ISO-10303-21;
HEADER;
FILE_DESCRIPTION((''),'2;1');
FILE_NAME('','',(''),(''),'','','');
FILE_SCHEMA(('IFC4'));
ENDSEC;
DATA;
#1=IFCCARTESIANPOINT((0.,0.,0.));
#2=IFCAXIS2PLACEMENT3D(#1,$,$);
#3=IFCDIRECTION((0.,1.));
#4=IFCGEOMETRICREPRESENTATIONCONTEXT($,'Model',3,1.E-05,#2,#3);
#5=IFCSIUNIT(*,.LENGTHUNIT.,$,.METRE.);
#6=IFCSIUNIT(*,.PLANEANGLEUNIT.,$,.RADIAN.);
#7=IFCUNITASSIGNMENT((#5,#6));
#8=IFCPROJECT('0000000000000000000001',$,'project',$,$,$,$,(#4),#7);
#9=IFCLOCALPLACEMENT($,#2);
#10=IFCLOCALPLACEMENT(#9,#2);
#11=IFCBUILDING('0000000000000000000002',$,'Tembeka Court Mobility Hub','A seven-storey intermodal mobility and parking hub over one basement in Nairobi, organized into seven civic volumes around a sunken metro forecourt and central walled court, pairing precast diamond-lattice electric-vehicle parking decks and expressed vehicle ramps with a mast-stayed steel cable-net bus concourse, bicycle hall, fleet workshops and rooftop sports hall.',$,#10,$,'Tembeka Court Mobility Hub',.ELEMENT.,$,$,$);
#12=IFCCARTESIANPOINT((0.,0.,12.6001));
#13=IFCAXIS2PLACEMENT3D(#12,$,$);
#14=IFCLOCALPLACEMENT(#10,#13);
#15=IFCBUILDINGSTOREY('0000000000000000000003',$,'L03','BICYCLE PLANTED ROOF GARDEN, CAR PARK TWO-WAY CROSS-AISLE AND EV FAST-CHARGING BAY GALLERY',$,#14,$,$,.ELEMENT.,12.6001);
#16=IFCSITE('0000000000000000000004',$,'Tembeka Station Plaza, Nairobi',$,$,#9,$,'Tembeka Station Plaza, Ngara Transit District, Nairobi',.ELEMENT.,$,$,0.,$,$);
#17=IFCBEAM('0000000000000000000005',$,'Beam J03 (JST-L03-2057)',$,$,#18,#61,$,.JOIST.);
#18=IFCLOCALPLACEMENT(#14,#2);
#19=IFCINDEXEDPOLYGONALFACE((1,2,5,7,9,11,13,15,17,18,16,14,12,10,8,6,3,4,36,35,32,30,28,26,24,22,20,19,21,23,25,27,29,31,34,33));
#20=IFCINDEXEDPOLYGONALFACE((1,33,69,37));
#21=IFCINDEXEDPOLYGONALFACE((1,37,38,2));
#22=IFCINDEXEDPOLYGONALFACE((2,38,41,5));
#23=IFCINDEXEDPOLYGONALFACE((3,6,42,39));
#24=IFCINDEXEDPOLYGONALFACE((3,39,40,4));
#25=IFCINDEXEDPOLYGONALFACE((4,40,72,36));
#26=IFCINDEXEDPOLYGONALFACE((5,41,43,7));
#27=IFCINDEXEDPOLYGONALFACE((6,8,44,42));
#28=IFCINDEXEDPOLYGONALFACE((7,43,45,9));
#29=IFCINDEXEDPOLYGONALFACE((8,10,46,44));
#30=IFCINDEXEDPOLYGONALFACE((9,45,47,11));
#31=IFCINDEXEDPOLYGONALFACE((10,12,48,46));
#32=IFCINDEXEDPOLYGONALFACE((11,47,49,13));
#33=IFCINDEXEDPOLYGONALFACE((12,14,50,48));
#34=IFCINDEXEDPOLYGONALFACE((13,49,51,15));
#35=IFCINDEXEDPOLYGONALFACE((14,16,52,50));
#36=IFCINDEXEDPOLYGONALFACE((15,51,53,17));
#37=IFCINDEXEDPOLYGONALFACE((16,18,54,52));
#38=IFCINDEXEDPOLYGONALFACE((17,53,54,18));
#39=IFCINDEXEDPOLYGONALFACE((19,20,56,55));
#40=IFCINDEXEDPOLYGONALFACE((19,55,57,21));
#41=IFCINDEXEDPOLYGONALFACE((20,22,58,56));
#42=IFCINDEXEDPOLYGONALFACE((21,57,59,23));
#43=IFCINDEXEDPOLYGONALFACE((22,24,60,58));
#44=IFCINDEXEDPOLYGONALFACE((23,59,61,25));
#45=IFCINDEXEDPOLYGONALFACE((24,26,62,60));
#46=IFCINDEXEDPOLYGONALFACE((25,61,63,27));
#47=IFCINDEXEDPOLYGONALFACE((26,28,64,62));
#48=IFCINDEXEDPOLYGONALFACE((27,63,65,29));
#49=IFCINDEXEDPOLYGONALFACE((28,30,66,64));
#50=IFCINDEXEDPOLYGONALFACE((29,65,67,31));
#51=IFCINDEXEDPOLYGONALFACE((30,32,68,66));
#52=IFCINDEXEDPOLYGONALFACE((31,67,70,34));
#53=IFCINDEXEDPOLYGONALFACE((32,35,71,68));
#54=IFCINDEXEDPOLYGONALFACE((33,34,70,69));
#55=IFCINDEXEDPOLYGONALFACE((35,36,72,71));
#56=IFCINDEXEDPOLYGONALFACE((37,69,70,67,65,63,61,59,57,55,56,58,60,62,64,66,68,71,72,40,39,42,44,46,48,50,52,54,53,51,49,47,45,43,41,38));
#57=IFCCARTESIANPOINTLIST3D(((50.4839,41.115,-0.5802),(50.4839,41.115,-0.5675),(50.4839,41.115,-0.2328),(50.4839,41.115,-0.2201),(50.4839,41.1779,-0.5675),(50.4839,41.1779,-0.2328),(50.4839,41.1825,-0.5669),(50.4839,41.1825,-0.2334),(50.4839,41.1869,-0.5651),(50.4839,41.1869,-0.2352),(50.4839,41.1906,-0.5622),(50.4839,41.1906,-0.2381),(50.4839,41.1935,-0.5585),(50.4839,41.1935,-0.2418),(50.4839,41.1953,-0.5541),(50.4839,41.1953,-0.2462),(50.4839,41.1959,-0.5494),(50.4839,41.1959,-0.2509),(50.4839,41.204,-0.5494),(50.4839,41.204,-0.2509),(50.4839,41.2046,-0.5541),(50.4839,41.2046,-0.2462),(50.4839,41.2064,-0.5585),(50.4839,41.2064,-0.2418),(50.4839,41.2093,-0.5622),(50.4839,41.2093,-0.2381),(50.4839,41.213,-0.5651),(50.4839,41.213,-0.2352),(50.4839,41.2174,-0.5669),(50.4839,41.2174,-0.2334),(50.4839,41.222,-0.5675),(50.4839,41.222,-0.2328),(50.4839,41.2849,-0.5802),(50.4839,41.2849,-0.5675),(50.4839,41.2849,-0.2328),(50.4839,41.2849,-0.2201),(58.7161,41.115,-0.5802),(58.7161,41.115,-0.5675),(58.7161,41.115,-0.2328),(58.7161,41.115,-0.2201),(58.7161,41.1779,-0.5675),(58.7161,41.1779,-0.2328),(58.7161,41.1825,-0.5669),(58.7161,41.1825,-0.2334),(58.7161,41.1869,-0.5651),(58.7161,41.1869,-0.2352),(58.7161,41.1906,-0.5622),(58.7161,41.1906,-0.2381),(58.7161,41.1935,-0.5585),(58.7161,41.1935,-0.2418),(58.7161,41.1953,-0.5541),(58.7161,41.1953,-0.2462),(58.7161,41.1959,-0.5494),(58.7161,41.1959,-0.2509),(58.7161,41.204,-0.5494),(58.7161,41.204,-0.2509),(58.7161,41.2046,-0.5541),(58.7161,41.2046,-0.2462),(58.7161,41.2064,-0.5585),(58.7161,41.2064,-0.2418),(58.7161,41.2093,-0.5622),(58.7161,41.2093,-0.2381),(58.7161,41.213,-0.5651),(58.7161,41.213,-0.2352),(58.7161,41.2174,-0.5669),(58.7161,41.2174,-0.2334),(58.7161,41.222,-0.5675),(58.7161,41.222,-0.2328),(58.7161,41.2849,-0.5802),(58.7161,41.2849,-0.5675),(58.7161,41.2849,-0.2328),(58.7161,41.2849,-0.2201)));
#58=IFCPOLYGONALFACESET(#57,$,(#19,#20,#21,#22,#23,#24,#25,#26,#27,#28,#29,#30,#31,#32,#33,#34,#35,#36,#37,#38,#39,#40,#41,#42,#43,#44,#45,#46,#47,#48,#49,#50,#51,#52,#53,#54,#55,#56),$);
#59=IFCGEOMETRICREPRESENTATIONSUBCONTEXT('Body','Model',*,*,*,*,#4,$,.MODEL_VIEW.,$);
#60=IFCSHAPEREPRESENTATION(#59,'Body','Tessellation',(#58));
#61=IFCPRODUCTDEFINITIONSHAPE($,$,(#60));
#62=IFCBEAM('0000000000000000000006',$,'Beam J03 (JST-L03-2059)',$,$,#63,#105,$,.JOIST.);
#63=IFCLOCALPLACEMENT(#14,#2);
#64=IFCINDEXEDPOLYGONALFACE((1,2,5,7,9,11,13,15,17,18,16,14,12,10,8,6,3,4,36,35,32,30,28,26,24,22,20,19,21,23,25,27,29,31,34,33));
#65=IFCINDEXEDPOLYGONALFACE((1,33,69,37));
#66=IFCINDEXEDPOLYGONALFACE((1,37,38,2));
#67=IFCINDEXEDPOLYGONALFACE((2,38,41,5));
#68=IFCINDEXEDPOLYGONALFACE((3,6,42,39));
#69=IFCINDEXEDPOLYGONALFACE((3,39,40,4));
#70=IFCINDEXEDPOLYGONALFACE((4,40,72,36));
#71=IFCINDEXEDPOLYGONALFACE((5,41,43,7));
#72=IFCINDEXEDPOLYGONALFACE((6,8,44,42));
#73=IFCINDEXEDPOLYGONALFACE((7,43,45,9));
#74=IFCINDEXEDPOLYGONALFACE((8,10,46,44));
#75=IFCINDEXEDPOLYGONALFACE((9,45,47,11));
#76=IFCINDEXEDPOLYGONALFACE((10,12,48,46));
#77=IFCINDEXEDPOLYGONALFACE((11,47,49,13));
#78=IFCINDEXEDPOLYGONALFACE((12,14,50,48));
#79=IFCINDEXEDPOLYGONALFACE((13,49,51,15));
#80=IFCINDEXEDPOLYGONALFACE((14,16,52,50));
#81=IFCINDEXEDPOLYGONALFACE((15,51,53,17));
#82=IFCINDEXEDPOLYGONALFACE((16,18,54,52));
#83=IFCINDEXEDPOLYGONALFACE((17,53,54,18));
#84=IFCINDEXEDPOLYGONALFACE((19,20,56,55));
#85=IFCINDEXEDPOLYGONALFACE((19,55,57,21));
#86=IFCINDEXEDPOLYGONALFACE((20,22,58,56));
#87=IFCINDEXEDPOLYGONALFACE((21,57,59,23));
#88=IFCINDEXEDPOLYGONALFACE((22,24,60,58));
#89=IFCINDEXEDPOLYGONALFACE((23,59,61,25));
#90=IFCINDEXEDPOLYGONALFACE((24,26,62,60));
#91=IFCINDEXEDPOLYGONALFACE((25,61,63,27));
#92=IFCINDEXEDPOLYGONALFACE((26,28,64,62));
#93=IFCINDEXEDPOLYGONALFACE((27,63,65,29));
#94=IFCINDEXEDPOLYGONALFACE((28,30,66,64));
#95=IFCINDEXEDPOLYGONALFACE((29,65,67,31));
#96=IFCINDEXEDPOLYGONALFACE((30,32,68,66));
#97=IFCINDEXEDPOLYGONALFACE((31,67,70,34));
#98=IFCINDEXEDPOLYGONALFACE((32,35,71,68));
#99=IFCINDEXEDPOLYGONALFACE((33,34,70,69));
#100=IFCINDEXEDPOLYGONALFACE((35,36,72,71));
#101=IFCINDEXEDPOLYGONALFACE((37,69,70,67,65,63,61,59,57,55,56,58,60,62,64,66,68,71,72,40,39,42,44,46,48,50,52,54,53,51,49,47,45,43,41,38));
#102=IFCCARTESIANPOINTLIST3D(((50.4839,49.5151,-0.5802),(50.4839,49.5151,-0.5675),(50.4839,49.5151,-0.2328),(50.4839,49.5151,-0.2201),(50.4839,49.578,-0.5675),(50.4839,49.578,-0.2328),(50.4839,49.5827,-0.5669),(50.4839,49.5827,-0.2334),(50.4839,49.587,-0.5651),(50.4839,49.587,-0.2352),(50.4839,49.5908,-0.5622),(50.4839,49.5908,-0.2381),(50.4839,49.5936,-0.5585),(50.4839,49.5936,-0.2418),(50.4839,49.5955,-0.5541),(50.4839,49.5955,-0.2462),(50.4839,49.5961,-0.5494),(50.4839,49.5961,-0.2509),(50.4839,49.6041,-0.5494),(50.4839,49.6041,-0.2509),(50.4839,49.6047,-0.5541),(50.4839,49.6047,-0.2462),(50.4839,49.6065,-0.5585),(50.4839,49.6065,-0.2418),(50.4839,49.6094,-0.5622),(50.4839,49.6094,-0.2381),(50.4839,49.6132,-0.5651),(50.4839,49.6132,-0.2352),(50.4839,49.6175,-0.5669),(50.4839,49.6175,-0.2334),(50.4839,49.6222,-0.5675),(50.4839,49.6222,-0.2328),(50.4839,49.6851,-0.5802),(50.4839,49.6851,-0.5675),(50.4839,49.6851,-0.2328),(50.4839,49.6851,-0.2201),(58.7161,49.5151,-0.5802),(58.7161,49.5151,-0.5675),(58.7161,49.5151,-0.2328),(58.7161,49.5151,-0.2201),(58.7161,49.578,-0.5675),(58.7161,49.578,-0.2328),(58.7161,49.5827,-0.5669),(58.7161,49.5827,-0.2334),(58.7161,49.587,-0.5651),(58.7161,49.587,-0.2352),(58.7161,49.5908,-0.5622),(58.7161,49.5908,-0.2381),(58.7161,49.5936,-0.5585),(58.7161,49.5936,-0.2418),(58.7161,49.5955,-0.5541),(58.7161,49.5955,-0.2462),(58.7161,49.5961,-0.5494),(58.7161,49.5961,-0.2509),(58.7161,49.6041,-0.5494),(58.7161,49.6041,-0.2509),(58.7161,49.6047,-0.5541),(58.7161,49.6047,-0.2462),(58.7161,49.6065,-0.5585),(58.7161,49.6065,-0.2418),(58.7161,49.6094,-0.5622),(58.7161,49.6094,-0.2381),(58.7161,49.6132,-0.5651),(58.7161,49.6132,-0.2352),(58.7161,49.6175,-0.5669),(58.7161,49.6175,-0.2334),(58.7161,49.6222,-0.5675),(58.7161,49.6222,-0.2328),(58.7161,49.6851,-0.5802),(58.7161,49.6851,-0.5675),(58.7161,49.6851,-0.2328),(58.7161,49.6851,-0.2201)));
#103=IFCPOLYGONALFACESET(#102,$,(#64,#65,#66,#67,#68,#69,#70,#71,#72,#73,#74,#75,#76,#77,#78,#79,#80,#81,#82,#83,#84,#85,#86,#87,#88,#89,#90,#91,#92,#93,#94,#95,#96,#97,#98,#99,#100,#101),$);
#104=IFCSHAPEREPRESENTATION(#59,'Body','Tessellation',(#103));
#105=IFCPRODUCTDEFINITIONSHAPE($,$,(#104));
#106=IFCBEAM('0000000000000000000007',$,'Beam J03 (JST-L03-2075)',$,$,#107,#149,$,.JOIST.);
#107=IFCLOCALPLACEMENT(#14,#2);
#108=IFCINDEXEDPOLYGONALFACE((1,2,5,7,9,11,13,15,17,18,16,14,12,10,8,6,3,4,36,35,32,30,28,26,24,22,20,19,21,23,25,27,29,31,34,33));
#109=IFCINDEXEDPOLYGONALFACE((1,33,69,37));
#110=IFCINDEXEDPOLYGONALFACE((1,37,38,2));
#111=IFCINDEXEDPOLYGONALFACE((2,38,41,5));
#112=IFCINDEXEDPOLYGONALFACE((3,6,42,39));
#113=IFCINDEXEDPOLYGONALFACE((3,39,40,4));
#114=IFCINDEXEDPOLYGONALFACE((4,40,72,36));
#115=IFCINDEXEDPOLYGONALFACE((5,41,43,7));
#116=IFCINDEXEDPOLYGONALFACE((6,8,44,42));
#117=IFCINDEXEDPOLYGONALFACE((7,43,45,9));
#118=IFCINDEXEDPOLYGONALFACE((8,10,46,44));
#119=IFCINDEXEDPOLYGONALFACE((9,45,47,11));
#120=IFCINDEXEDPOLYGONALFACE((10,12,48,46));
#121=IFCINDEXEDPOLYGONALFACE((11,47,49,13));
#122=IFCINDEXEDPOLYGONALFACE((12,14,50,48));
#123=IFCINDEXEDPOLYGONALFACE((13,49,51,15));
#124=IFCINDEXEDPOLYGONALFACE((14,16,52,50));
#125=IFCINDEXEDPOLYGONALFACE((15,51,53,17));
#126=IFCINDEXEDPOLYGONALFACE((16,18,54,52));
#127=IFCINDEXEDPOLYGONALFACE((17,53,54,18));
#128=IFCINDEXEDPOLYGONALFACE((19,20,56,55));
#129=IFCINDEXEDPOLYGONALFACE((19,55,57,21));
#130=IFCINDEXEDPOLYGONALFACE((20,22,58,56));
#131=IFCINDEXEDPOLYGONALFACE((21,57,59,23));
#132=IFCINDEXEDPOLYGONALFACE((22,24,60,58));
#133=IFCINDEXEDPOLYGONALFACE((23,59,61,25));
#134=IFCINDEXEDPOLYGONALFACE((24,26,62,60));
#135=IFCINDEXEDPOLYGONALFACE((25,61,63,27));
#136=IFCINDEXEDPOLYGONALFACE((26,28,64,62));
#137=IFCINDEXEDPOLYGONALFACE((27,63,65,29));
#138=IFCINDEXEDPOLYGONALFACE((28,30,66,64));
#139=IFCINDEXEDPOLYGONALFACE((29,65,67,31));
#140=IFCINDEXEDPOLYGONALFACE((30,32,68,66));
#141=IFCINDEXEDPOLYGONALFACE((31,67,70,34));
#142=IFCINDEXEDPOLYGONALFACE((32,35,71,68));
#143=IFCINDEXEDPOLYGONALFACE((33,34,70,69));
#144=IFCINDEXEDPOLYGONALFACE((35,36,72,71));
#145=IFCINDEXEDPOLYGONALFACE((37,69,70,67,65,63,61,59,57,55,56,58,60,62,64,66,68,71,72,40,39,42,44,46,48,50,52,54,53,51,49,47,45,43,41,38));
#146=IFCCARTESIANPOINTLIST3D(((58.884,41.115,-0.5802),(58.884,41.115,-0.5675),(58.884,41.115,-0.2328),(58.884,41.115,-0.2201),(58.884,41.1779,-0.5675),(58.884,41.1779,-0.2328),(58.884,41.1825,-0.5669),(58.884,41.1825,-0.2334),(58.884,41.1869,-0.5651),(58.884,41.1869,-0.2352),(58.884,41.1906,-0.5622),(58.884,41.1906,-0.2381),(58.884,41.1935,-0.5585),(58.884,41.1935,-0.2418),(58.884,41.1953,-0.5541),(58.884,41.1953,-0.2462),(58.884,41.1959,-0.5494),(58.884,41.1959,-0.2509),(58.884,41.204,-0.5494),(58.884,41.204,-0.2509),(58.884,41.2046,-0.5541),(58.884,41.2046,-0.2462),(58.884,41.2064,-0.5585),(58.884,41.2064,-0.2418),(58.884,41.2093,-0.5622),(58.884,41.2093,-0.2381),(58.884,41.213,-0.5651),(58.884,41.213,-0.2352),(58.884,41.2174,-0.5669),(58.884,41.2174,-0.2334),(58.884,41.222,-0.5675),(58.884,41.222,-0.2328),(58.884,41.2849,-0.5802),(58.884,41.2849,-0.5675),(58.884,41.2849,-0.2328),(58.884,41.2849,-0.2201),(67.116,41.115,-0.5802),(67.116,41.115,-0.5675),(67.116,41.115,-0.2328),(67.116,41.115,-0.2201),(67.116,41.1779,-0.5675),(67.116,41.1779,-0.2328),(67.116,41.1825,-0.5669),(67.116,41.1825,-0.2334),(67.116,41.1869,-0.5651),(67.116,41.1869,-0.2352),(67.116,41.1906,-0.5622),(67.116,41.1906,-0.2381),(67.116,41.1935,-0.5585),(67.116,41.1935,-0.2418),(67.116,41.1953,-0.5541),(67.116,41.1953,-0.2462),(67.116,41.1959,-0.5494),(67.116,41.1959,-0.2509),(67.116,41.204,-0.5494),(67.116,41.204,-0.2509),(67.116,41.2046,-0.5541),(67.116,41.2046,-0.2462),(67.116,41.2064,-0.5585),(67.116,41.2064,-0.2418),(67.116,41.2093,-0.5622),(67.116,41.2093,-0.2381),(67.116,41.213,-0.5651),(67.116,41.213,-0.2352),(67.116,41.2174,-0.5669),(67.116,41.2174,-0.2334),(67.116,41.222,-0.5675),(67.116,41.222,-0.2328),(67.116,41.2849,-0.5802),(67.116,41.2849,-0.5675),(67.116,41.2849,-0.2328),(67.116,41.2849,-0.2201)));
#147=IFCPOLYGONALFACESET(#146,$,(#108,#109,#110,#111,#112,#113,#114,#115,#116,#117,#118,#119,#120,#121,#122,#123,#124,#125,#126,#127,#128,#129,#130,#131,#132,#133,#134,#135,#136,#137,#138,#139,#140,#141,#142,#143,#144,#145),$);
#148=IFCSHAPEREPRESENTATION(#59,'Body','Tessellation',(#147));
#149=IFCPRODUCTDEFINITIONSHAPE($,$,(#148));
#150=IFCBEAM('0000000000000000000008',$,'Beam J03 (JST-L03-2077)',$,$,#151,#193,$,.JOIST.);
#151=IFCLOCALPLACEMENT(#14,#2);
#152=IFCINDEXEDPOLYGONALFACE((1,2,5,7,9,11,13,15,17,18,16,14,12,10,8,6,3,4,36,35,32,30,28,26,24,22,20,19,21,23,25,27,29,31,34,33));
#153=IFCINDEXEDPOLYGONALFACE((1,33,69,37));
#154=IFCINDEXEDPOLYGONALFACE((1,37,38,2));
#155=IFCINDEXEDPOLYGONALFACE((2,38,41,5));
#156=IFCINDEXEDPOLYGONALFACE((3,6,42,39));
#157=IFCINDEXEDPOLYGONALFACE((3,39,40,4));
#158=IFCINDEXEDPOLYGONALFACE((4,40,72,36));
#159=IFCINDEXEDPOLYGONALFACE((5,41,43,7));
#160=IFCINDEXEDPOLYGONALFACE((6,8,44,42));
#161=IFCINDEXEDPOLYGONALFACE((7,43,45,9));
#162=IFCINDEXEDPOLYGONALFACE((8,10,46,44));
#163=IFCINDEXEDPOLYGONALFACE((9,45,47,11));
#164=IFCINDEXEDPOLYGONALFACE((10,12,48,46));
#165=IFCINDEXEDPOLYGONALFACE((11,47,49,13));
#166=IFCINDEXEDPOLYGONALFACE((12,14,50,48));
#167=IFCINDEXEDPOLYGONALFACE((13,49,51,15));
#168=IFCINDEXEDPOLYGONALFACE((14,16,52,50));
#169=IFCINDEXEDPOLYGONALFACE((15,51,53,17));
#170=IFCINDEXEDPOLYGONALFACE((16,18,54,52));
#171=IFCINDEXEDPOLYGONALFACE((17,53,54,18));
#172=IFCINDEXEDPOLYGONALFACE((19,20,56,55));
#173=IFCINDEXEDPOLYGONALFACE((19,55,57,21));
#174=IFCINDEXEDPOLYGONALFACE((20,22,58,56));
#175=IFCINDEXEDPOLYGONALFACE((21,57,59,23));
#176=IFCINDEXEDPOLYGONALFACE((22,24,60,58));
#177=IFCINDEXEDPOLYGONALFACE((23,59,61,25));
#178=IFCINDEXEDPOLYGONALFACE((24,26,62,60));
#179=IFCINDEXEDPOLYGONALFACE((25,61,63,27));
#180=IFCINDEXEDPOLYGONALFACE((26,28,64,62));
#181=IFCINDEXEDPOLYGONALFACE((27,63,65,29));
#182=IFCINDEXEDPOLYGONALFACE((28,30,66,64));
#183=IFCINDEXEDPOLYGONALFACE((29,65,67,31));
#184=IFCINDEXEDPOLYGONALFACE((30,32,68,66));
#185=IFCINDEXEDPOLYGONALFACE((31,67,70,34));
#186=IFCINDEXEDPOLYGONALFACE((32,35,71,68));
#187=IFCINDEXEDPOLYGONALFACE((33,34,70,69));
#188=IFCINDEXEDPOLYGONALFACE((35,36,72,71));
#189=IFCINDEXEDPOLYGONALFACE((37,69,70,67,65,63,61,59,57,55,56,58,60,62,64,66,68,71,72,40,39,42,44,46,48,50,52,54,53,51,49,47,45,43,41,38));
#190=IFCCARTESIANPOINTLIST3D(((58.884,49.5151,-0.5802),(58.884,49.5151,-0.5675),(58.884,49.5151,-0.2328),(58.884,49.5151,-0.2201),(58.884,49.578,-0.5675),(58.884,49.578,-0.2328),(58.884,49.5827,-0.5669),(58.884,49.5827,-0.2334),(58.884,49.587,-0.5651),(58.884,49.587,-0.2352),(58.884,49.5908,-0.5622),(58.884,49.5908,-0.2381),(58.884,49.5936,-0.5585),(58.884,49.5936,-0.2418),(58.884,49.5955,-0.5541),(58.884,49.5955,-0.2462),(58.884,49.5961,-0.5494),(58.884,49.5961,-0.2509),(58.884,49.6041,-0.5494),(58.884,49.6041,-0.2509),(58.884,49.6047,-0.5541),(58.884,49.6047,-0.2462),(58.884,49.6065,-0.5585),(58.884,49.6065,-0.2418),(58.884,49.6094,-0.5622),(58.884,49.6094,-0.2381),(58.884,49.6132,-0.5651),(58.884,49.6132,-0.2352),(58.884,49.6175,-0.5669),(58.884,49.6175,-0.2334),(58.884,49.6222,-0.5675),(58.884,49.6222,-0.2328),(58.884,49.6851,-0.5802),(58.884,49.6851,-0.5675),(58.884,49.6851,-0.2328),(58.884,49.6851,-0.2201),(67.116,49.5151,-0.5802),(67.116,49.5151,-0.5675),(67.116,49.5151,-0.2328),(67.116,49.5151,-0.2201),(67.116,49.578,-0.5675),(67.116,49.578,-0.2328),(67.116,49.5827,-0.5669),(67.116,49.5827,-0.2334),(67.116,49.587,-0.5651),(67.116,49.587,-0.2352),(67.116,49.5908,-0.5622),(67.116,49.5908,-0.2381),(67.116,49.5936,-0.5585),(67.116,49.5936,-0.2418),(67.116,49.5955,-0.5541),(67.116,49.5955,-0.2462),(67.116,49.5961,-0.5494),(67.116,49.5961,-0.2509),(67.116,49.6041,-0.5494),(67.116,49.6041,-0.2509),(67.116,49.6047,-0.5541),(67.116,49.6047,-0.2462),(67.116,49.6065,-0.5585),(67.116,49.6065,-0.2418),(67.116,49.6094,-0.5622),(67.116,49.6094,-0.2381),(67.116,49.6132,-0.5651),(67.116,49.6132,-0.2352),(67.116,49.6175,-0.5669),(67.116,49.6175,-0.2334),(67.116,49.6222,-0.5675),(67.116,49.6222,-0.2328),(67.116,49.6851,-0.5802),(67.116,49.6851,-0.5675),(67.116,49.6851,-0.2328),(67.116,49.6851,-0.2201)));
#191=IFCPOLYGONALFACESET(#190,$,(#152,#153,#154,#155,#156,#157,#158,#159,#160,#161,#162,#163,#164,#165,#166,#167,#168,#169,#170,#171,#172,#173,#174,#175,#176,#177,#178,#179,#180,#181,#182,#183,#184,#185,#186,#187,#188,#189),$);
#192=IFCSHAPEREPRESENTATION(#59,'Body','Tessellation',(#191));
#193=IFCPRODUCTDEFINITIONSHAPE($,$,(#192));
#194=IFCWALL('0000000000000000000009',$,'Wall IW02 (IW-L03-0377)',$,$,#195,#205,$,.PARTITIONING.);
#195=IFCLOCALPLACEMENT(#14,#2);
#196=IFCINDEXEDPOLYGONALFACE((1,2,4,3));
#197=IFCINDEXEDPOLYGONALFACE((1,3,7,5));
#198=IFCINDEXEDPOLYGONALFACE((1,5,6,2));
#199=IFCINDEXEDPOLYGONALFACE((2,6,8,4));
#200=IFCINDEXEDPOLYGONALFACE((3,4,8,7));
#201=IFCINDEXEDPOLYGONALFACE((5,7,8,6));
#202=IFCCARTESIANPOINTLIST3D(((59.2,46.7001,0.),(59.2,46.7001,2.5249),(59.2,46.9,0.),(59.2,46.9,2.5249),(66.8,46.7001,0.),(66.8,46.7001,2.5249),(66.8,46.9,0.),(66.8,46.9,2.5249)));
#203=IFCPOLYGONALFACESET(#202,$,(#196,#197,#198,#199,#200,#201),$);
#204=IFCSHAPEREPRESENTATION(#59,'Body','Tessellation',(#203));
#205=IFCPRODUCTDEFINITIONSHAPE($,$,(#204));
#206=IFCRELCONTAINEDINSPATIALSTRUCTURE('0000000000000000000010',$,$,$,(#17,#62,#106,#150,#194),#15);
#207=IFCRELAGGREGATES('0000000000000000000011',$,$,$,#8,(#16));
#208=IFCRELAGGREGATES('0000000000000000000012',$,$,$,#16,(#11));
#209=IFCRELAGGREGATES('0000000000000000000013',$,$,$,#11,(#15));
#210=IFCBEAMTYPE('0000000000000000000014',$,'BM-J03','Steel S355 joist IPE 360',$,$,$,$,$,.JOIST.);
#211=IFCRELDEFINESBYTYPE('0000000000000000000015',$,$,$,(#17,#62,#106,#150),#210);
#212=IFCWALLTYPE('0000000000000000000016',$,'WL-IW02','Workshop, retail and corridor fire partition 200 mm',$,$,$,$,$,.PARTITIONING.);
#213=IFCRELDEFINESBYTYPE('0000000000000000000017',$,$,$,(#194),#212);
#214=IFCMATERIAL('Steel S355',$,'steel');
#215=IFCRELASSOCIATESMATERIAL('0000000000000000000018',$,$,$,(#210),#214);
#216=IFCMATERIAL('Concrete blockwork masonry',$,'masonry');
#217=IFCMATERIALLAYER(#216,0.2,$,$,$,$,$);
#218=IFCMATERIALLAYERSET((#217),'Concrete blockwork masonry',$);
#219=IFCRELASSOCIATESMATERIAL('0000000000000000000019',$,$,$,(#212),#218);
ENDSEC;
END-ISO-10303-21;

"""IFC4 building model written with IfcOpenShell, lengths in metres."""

from ifc_helpers import new_model, si_unit, direction, frame, frame_2d, origin, origin_2d, place, context, subcontext, project, spatial, rectangle, i_section, extrude, material, layer, layer_set, material_profile, profile_set, type_object, element, save


model = new_model("IFC4")

# Units and contexts
model_context = context("Model", 3, precision=1e-05, world=origin(), true_north=direction((0.0, 1.0)))
body_context = subcontext(model_context, "Body", "Model", "MODEL_VIEW")
ifc_project = project(units=[si_unit("LENGTHUNIT", "METRE"), si_unit("PLANEANGLEUNIT", "RADIAN")], contexts=[model_context])

# Site, building, storey
site_placement = place(None, origin())
site = spatial("IfcSite", under=ifc_project, at=site_placement, Name="Tembeka Station Plaza, Nairobi", LongName="Tembeka Station Plaza, Ngara Transit District, Nairobi", CompositionType="ELEMENT", RefElevation=0.0)
building_placement = place(site_placement, origin())
building = spatial("IfcBuilding", under=site, at=building_placement, Name="Tembeka Court Mobility Hub", Description="A seven-storey intermodal mobility and parking hub over one basement in Nairobi, organized into seven civic volumes around a sunken metro forecourt and central walled court, pairing precast diamond-lattice electric-vehicle parking decks and expressed vehicle ramps with a mast-stayed steel cable-net bus concourse, bicycle hall, fleet workshops and rooftop sports hall.", LongName="Tembeka Court Mobility Hub", CompositionType="ELEMENT")
storey_placement = place(building_placement, frame((0.0, 0.0, 12.6001)))
storey = spatial("IfcBuildingStorey", under=building, at=storey_placement, Name="L03", Description="BICYCLE PLANTED ROOF GARDEN, CAR PARK TWO-WAY CROSS-AISLE AND EV FAST-CHARGING BAY GALLERY", CompositionType="ELEMENT", Elevation=12.6001)

# Shared definitions
ifc_material_1 = material(Name="Steel S355", Category="steel")

# Beams
ifc_material_profile_1 = material_profile(ifc_material_1, i_section(OverallWidth=0.1699, OverallDepth=0.3601, WebThickness=0.0081, FlangeThickness=0.0127, FilletRadius=0.0181, at=origin_2d()), Name="IPE 360")
ifc_profile_set_1 = profile_set([ifc_material_profile_1], Name="Steel S355")
beam_type_1 = type_object("IfcBeamType", Name="BM-J03", Description="Steel S355 joist IPE 360", PredefinedType="JOIST", material=ifc_profile_set_1)
for number, where, z_axis, x_axis, name in (
    (1, (50.4839, 41.2, -0.4001), (1.0, 0.0, 0.0), (0.0, 1.0, 0.0), "Beam J03 (JST-L03-2057)"),
    (2, (50.4839, 49.6001, -0.4001), (1.0, 0.0, 0.0), (0.0, 1.0, 0.0), "Beam J03 (JST-L03-2059)"),
):
    element("IfcBeam", number, at=place(storey_placement, frame(where, z_axis=z_axis, x_axis=x_axis)), inside=storey, type_object=beam_type_1, Name=name, PredefinedType="JOIST", context=body_context, shape_type="SweptSolid", body=[
        extrude(i_section(OverallWidth=0.1699, OverallDepth=0.3601, WebThickness=0.0081, FlangeThickness=0.0127, FilletRadius=0.0181, at=origin_2d()), origin(), (0.0, 0.0, 1.0), 8.2322),
    ])
for number, where, z_axis, x_axis, name in (
    (3, (58.884, 41.2, -0.4001), (1.0, 0.0, 0.0), (0.0, 1.0, 0.0), "Beam J03 (JST-L03-2075)"),
    (4, (58.884, 49.6001, -0.4001), (1.0, 0.0, 0.0), (0.0, 1.0, 0.0), "Beam J03 (JST-L03-2077)"),
):
    element("IfcBeam", number, at=place(storey_placement, frame(where, z_axis=z_axis, x_axis=x_axis)), inside=storey, type_object=beam_type_1, Name=name, PredefinedType="JOIST", context=body_context, shape_type="SweptSolid", body=[
        extrude(i_section(OverallWidth=0.1699, OverallDepth=0.3601, WebThickness=0.0081, FlangeThickness=0.0127, FilletRadius=0.0181, at=origin_2d()), origin(), (0.0, 0.0, 1.0), 8.2319),
    ])

# Wall
ifc_material_2 = material(Name="Concrete blockwork masonry", Category="masonry")
ifc_layer_1 = layer(ifc_material_2, 0.2)
ifc_layer_set_1 = layer_set([ifc_layer_1], Name="Concrete blockwork masonry")
wall_type_1 = type_object("IfcWallType", Name="WL-IW02", Description="Workshop, retail and corridor fire partition 200 mm", PredefinedType="PARTITIONING", material=ifc_layer_set_1)
wall_1_placement = place(storey_placement, frame((59.2, 46.8, 0.0), z_axis=(0.0, 0.0, 1.0), x_axis=(1.0, 0.0, 0.0)))
element("IfcWall", 5, at=wall_1_placement, inside=storey, type_object=wall_type_1, Name="Wall IW02 (IW-L03-0377)", PredefinedType="PARTITIONING", context=body_context, shape_type="SweptSolid", body=[
    extrude(rectangle(XDim=7.6001, YDim=0.2, at=frame_2d((3.8, 0.0))), origin(), (0.0, 0.0, 1.0), 2.5249),
])

save(model, "model.ifc")
